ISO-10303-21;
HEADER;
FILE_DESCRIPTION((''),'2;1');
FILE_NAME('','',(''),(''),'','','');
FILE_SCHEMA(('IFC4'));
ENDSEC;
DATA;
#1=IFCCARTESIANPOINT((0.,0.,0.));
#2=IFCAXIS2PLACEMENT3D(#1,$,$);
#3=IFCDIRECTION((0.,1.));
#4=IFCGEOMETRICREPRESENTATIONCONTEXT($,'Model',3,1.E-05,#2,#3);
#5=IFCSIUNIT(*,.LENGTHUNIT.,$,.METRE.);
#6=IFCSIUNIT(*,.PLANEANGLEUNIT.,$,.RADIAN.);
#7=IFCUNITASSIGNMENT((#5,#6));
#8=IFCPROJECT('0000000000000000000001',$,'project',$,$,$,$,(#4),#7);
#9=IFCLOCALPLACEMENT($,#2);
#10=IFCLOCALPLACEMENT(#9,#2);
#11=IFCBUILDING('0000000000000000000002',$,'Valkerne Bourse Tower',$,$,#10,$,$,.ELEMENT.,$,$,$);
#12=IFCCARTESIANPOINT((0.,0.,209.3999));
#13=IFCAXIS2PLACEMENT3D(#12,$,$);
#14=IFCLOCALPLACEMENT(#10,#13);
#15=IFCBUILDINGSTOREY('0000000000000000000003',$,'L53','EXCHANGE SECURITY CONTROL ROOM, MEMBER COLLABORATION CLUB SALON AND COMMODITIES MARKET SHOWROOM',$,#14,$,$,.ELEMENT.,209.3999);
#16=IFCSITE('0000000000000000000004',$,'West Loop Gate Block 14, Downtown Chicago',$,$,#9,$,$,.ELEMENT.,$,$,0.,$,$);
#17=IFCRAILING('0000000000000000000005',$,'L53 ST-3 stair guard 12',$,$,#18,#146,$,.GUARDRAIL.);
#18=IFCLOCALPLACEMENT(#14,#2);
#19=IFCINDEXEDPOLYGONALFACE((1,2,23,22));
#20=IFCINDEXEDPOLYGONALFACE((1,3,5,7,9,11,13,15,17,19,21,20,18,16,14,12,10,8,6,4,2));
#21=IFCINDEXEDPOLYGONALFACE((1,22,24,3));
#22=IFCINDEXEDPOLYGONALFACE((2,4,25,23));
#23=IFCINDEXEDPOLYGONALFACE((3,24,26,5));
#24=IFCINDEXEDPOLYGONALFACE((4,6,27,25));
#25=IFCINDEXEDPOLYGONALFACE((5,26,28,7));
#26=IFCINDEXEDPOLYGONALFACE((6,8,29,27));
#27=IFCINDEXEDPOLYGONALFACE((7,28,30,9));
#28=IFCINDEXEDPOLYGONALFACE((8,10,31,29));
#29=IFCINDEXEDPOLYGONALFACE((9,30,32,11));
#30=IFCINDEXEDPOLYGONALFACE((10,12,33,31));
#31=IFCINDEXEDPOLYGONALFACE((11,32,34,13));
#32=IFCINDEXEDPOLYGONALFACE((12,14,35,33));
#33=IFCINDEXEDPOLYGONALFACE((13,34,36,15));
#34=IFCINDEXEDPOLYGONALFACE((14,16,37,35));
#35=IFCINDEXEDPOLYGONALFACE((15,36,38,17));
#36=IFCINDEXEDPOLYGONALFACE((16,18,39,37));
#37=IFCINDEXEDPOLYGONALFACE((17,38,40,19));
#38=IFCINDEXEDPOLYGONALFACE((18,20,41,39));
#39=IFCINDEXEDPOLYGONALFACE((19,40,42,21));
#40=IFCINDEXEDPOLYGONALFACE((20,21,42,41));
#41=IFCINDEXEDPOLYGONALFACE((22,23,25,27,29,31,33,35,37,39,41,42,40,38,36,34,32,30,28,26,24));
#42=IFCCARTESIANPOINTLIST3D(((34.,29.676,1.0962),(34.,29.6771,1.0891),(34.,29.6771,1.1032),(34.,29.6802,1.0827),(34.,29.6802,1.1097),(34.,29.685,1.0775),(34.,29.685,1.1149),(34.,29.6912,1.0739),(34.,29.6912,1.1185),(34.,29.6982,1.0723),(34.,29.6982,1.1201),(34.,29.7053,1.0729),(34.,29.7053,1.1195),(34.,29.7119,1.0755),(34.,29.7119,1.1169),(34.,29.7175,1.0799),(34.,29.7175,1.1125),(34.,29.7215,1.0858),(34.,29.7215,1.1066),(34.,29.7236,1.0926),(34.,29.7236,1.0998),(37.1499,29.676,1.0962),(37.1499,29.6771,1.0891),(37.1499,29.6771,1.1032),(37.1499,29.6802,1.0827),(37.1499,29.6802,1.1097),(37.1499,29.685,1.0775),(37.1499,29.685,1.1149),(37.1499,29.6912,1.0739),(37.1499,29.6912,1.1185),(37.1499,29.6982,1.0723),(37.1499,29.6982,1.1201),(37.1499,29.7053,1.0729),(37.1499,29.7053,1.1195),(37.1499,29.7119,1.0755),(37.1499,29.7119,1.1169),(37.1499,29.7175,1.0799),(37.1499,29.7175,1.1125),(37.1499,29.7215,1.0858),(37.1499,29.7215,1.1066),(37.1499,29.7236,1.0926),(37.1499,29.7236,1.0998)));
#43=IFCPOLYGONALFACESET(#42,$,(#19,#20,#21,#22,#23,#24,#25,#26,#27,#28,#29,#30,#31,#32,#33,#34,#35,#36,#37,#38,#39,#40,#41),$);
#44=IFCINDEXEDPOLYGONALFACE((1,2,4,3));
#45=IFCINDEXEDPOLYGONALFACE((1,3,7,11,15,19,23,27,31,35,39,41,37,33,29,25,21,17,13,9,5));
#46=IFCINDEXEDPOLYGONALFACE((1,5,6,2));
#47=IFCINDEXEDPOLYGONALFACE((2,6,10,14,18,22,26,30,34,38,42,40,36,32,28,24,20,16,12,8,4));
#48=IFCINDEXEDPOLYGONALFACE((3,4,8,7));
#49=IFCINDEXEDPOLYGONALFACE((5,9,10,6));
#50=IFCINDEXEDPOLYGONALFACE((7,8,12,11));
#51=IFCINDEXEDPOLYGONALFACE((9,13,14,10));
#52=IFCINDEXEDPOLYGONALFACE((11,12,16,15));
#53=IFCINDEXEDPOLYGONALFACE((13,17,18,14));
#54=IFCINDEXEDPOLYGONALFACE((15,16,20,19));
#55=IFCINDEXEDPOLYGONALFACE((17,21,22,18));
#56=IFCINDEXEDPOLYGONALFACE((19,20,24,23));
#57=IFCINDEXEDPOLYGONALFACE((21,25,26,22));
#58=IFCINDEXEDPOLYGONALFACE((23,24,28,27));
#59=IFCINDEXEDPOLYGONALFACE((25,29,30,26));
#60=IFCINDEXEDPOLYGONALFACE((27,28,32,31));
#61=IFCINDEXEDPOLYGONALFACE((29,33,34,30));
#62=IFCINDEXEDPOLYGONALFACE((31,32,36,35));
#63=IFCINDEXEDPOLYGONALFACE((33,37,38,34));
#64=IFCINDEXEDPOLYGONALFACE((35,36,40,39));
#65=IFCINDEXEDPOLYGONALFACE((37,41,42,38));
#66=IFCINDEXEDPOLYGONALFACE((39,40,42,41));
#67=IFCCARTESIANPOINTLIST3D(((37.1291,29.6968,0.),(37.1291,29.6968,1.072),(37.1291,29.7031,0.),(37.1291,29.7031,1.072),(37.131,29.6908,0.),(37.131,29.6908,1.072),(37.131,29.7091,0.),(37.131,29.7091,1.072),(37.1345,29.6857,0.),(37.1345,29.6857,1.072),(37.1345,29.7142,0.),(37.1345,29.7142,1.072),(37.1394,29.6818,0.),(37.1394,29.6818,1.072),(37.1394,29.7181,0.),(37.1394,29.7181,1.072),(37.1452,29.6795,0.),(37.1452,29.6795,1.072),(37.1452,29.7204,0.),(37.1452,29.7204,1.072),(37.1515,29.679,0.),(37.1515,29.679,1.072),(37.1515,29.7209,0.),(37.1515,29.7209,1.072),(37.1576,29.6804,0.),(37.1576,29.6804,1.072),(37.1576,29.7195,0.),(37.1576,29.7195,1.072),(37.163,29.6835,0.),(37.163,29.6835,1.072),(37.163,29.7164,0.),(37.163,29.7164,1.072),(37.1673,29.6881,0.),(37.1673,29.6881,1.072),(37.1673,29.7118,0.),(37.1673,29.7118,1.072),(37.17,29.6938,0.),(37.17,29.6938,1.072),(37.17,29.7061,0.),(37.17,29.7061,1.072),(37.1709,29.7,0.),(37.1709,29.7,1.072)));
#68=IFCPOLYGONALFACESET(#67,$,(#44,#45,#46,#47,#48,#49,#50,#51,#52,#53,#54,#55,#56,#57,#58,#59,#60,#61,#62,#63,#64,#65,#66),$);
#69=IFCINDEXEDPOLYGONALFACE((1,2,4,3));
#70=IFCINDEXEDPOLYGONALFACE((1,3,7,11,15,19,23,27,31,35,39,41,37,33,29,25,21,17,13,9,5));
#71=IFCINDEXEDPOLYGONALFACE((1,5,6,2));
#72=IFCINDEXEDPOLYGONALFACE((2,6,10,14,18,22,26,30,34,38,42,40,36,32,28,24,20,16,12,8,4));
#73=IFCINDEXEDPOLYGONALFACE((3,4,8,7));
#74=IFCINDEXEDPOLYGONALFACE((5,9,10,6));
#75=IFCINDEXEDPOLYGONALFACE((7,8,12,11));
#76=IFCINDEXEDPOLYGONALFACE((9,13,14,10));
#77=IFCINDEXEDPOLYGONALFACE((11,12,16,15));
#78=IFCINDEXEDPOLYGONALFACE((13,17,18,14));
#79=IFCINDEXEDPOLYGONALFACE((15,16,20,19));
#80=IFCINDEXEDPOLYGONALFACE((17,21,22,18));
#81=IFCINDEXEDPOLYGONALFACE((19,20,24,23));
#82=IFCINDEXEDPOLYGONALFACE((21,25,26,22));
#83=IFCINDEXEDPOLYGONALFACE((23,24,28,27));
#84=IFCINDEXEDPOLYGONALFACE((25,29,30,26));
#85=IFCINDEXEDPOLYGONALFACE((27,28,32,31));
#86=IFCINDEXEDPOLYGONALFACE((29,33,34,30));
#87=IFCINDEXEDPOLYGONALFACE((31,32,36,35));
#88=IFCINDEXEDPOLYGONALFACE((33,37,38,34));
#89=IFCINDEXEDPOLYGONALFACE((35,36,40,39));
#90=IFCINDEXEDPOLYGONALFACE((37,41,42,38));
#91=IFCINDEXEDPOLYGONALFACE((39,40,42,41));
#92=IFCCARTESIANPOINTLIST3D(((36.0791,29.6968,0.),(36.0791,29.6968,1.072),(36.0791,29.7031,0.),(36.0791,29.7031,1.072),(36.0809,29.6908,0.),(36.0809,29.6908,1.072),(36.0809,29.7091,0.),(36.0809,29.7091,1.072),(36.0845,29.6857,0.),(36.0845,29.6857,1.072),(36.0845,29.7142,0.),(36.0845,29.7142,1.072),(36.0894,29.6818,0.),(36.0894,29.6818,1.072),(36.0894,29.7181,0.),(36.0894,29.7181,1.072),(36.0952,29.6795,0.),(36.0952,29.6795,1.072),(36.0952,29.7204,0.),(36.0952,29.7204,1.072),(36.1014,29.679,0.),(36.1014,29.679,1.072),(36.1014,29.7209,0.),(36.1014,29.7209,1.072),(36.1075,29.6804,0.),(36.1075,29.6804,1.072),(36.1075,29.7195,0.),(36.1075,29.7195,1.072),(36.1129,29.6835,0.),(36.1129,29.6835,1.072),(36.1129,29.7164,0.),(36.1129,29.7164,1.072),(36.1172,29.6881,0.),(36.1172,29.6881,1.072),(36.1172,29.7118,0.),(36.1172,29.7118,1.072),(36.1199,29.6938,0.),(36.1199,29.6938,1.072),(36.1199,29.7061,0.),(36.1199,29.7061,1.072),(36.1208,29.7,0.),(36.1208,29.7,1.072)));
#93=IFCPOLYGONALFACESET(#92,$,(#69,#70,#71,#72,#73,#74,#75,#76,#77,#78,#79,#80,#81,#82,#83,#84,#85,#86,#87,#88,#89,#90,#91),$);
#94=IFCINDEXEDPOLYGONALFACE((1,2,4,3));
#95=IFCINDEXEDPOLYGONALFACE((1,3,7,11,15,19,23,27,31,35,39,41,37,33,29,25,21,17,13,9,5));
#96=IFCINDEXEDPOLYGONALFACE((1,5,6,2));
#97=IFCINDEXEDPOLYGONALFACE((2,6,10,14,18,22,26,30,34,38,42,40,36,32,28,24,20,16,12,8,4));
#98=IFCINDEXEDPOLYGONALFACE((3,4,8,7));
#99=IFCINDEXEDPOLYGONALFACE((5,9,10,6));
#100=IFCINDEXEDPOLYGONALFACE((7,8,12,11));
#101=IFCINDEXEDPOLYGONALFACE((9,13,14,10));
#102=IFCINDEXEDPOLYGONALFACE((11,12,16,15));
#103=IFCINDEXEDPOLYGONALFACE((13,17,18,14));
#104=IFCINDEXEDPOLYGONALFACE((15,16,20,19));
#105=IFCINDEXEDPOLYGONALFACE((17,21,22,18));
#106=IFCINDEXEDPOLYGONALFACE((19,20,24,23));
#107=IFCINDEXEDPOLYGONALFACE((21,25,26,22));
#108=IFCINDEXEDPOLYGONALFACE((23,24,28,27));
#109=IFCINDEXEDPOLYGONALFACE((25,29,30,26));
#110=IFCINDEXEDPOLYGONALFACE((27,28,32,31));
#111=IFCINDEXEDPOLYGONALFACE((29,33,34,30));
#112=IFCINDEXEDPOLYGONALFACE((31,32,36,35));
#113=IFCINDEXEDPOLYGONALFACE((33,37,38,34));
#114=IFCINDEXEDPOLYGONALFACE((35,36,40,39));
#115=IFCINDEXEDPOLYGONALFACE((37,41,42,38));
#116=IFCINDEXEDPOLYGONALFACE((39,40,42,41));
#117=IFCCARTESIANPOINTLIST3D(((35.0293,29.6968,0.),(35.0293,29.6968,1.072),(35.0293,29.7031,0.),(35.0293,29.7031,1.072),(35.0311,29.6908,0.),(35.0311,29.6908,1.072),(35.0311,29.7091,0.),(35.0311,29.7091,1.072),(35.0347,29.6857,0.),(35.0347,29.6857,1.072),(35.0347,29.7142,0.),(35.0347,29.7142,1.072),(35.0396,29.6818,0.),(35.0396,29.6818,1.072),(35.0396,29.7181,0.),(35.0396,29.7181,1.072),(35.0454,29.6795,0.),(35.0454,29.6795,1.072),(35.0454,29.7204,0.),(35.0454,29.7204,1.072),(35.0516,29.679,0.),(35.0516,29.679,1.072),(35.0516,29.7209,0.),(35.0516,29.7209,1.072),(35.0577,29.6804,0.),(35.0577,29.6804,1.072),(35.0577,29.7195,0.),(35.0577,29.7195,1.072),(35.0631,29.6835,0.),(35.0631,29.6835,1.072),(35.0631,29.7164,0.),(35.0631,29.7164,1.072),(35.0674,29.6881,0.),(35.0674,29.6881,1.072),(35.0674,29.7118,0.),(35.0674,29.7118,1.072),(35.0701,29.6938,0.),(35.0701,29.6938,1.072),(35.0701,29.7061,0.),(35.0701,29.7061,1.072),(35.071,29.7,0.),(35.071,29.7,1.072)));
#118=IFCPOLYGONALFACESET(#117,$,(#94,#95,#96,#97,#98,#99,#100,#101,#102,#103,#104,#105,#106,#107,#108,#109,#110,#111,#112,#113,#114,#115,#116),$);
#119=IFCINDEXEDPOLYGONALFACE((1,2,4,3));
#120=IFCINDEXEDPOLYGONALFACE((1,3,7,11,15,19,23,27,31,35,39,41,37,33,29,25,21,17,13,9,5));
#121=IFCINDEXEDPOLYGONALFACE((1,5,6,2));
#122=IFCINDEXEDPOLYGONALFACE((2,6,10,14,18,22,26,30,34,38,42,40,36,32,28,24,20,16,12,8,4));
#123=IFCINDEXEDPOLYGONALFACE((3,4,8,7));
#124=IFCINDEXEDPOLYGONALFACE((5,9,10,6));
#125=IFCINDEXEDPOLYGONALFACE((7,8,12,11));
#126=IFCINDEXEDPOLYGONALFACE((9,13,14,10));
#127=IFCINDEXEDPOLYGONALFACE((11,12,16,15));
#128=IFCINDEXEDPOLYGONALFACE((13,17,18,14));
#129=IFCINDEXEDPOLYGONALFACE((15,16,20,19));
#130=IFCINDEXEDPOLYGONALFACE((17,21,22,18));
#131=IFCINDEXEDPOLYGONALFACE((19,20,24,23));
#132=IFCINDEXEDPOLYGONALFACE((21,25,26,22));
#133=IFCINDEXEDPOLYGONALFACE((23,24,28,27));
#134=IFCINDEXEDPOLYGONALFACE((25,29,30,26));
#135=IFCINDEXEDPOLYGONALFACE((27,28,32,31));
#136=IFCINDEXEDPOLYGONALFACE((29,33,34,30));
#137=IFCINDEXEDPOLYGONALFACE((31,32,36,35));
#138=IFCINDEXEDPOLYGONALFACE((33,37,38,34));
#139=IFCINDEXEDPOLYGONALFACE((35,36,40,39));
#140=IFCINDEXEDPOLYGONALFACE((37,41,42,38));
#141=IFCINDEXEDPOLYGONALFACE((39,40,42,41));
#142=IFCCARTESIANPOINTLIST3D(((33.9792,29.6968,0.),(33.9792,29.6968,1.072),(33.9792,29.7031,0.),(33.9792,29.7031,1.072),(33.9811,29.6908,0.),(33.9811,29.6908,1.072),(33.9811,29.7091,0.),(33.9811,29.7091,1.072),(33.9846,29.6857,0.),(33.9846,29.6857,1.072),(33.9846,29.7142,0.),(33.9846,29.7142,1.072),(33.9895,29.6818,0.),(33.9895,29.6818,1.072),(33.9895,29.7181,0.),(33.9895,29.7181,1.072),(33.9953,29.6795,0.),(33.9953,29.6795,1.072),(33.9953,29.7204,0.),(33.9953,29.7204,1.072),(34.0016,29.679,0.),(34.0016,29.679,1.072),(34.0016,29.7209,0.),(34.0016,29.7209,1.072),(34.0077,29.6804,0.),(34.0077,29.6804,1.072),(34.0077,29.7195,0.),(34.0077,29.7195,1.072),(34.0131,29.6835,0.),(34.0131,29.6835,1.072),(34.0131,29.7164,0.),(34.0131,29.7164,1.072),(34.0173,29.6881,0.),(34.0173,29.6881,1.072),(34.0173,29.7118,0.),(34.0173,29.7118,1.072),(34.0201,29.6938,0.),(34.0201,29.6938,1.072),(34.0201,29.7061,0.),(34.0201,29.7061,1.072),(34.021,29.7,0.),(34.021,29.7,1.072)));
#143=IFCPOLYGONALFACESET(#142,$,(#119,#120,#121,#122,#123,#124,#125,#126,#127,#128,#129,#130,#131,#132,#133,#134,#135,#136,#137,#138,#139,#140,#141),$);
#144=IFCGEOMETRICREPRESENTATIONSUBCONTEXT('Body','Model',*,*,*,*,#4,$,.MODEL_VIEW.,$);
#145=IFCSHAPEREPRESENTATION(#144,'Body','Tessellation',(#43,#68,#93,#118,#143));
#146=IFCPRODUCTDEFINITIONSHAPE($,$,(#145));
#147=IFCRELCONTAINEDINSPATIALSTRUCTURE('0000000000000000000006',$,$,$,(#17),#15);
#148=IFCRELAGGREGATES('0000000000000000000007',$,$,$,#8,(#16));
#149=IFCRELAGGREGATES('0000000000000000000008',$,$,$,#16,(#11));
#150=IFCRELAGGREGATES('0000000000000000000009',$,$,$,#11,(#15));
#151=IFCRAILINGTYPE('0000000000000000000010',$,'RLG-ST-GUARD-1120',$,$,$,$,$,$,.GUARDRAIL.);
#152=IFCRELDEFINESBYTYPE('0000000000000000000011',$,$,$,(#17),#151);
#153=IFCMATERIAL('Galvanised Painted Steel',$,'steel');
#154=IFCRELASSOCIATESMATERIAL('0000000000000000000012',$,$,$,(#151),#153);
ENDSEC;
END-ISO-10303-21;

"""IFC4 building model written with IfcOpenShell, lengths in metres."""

from ifc_helpers import new_model, si_unit, direction, frame, origin, origin_2d, place, context, subcontext, project, spatial, circle, extrude, material, type_object, element, save


model = new_model("IFC4")

# Units and contexts
model_context = context("Model", 3, precision=1e-05, world=origin(), true_north=direction((0.0, 1.0)))
body_context = subcontext(model_context, "Body", "Model", "MODEL_VIEW")
ifc_project = project(units=[si_unit("LENGTHUNIT", "METRE"), si_unit("PLANEANGLEUNIT", "RADIAN")], contexts=[model_context])

# Site, building, storey
site_placement = place(None, origin())
site = spatial("IfcSite", under=ifc_project, at=site_placement, Name="West Loop Gate Block 14, Downtown Chicago", CompositionType="ELEMENT", RefElevation=0.0)
building_placement = place(site_placement, origin())
building = spatial("IfcBuilding", under=site, at=building_placement, Name="Valkerne Bourse Tower", CompositionType="ELEMENT")
storey_placement = place(building_placement, frame((0.0, 0.0, 209.3999)))
storey = spatial("IfcBuildingStorey", under=building, at=storey_placement, Name="L53", Description="EXCHANGE SECURITY CONTROL ROOM, MEMBER COLLABORATION CLUB SALON AND COMMODITIES MARKET SHOWROOM", CompositionType="ELEMENT", Elevation=209.3999)

# Shared definitions
ifc_material_1 = material(Name="Galvanised Painted Steel", Category="steel")

# Railing
railing_type = type_object("IfcRailingType", Name="RLG-ST-GUARD-1120", PredefinedType="GUARDRAIL", material=ifc_material_1)
railing_1_placement = place(storey_placement, frame((37.1499, 29.7, 0.0)))
element("IfcRailing", 1, at=railing_1_placement, inside=storey, type_object=railing_type, Name="L53 ST-3 stair guard 12", PredefinedType="GUARDRAIL", context=body_context, shape_type="SweptSolid", body=[
    extrude(circle(Radius=0.0239, at=origin_2d()), frame((0.0, 0.0, 1.0962), z_axis=(-1.0, 0.0, 0.0), x_axis=(0.0, -1.0, 0.0)), (0.0, 0.0, 1.0), 3.1499),
    extrude(circle(Radius=0.021, at=origin_2d()), origin(), (0.0, 0.0, 1.0), 1.072),
    extrude(circle(Radius=0.021, at=origin_2d()), frame((-1.05, 0.0, 0.0)), (0.0, 0.0, 1.0), 1.072),
    extrude(circle(Radius=0.021, at=origin_2d()), frame((-2.0999, 0.0, 0.0)), (0.0, 0.0, 1.0), 1.072),
    extrude(circle(Radius=0.021, at=origin_2d()), frame((-3.1499, 0.0, 0.0)), (0.0, 0.0, 1.0), 1.072),
])

save(model, "model.ifc")
